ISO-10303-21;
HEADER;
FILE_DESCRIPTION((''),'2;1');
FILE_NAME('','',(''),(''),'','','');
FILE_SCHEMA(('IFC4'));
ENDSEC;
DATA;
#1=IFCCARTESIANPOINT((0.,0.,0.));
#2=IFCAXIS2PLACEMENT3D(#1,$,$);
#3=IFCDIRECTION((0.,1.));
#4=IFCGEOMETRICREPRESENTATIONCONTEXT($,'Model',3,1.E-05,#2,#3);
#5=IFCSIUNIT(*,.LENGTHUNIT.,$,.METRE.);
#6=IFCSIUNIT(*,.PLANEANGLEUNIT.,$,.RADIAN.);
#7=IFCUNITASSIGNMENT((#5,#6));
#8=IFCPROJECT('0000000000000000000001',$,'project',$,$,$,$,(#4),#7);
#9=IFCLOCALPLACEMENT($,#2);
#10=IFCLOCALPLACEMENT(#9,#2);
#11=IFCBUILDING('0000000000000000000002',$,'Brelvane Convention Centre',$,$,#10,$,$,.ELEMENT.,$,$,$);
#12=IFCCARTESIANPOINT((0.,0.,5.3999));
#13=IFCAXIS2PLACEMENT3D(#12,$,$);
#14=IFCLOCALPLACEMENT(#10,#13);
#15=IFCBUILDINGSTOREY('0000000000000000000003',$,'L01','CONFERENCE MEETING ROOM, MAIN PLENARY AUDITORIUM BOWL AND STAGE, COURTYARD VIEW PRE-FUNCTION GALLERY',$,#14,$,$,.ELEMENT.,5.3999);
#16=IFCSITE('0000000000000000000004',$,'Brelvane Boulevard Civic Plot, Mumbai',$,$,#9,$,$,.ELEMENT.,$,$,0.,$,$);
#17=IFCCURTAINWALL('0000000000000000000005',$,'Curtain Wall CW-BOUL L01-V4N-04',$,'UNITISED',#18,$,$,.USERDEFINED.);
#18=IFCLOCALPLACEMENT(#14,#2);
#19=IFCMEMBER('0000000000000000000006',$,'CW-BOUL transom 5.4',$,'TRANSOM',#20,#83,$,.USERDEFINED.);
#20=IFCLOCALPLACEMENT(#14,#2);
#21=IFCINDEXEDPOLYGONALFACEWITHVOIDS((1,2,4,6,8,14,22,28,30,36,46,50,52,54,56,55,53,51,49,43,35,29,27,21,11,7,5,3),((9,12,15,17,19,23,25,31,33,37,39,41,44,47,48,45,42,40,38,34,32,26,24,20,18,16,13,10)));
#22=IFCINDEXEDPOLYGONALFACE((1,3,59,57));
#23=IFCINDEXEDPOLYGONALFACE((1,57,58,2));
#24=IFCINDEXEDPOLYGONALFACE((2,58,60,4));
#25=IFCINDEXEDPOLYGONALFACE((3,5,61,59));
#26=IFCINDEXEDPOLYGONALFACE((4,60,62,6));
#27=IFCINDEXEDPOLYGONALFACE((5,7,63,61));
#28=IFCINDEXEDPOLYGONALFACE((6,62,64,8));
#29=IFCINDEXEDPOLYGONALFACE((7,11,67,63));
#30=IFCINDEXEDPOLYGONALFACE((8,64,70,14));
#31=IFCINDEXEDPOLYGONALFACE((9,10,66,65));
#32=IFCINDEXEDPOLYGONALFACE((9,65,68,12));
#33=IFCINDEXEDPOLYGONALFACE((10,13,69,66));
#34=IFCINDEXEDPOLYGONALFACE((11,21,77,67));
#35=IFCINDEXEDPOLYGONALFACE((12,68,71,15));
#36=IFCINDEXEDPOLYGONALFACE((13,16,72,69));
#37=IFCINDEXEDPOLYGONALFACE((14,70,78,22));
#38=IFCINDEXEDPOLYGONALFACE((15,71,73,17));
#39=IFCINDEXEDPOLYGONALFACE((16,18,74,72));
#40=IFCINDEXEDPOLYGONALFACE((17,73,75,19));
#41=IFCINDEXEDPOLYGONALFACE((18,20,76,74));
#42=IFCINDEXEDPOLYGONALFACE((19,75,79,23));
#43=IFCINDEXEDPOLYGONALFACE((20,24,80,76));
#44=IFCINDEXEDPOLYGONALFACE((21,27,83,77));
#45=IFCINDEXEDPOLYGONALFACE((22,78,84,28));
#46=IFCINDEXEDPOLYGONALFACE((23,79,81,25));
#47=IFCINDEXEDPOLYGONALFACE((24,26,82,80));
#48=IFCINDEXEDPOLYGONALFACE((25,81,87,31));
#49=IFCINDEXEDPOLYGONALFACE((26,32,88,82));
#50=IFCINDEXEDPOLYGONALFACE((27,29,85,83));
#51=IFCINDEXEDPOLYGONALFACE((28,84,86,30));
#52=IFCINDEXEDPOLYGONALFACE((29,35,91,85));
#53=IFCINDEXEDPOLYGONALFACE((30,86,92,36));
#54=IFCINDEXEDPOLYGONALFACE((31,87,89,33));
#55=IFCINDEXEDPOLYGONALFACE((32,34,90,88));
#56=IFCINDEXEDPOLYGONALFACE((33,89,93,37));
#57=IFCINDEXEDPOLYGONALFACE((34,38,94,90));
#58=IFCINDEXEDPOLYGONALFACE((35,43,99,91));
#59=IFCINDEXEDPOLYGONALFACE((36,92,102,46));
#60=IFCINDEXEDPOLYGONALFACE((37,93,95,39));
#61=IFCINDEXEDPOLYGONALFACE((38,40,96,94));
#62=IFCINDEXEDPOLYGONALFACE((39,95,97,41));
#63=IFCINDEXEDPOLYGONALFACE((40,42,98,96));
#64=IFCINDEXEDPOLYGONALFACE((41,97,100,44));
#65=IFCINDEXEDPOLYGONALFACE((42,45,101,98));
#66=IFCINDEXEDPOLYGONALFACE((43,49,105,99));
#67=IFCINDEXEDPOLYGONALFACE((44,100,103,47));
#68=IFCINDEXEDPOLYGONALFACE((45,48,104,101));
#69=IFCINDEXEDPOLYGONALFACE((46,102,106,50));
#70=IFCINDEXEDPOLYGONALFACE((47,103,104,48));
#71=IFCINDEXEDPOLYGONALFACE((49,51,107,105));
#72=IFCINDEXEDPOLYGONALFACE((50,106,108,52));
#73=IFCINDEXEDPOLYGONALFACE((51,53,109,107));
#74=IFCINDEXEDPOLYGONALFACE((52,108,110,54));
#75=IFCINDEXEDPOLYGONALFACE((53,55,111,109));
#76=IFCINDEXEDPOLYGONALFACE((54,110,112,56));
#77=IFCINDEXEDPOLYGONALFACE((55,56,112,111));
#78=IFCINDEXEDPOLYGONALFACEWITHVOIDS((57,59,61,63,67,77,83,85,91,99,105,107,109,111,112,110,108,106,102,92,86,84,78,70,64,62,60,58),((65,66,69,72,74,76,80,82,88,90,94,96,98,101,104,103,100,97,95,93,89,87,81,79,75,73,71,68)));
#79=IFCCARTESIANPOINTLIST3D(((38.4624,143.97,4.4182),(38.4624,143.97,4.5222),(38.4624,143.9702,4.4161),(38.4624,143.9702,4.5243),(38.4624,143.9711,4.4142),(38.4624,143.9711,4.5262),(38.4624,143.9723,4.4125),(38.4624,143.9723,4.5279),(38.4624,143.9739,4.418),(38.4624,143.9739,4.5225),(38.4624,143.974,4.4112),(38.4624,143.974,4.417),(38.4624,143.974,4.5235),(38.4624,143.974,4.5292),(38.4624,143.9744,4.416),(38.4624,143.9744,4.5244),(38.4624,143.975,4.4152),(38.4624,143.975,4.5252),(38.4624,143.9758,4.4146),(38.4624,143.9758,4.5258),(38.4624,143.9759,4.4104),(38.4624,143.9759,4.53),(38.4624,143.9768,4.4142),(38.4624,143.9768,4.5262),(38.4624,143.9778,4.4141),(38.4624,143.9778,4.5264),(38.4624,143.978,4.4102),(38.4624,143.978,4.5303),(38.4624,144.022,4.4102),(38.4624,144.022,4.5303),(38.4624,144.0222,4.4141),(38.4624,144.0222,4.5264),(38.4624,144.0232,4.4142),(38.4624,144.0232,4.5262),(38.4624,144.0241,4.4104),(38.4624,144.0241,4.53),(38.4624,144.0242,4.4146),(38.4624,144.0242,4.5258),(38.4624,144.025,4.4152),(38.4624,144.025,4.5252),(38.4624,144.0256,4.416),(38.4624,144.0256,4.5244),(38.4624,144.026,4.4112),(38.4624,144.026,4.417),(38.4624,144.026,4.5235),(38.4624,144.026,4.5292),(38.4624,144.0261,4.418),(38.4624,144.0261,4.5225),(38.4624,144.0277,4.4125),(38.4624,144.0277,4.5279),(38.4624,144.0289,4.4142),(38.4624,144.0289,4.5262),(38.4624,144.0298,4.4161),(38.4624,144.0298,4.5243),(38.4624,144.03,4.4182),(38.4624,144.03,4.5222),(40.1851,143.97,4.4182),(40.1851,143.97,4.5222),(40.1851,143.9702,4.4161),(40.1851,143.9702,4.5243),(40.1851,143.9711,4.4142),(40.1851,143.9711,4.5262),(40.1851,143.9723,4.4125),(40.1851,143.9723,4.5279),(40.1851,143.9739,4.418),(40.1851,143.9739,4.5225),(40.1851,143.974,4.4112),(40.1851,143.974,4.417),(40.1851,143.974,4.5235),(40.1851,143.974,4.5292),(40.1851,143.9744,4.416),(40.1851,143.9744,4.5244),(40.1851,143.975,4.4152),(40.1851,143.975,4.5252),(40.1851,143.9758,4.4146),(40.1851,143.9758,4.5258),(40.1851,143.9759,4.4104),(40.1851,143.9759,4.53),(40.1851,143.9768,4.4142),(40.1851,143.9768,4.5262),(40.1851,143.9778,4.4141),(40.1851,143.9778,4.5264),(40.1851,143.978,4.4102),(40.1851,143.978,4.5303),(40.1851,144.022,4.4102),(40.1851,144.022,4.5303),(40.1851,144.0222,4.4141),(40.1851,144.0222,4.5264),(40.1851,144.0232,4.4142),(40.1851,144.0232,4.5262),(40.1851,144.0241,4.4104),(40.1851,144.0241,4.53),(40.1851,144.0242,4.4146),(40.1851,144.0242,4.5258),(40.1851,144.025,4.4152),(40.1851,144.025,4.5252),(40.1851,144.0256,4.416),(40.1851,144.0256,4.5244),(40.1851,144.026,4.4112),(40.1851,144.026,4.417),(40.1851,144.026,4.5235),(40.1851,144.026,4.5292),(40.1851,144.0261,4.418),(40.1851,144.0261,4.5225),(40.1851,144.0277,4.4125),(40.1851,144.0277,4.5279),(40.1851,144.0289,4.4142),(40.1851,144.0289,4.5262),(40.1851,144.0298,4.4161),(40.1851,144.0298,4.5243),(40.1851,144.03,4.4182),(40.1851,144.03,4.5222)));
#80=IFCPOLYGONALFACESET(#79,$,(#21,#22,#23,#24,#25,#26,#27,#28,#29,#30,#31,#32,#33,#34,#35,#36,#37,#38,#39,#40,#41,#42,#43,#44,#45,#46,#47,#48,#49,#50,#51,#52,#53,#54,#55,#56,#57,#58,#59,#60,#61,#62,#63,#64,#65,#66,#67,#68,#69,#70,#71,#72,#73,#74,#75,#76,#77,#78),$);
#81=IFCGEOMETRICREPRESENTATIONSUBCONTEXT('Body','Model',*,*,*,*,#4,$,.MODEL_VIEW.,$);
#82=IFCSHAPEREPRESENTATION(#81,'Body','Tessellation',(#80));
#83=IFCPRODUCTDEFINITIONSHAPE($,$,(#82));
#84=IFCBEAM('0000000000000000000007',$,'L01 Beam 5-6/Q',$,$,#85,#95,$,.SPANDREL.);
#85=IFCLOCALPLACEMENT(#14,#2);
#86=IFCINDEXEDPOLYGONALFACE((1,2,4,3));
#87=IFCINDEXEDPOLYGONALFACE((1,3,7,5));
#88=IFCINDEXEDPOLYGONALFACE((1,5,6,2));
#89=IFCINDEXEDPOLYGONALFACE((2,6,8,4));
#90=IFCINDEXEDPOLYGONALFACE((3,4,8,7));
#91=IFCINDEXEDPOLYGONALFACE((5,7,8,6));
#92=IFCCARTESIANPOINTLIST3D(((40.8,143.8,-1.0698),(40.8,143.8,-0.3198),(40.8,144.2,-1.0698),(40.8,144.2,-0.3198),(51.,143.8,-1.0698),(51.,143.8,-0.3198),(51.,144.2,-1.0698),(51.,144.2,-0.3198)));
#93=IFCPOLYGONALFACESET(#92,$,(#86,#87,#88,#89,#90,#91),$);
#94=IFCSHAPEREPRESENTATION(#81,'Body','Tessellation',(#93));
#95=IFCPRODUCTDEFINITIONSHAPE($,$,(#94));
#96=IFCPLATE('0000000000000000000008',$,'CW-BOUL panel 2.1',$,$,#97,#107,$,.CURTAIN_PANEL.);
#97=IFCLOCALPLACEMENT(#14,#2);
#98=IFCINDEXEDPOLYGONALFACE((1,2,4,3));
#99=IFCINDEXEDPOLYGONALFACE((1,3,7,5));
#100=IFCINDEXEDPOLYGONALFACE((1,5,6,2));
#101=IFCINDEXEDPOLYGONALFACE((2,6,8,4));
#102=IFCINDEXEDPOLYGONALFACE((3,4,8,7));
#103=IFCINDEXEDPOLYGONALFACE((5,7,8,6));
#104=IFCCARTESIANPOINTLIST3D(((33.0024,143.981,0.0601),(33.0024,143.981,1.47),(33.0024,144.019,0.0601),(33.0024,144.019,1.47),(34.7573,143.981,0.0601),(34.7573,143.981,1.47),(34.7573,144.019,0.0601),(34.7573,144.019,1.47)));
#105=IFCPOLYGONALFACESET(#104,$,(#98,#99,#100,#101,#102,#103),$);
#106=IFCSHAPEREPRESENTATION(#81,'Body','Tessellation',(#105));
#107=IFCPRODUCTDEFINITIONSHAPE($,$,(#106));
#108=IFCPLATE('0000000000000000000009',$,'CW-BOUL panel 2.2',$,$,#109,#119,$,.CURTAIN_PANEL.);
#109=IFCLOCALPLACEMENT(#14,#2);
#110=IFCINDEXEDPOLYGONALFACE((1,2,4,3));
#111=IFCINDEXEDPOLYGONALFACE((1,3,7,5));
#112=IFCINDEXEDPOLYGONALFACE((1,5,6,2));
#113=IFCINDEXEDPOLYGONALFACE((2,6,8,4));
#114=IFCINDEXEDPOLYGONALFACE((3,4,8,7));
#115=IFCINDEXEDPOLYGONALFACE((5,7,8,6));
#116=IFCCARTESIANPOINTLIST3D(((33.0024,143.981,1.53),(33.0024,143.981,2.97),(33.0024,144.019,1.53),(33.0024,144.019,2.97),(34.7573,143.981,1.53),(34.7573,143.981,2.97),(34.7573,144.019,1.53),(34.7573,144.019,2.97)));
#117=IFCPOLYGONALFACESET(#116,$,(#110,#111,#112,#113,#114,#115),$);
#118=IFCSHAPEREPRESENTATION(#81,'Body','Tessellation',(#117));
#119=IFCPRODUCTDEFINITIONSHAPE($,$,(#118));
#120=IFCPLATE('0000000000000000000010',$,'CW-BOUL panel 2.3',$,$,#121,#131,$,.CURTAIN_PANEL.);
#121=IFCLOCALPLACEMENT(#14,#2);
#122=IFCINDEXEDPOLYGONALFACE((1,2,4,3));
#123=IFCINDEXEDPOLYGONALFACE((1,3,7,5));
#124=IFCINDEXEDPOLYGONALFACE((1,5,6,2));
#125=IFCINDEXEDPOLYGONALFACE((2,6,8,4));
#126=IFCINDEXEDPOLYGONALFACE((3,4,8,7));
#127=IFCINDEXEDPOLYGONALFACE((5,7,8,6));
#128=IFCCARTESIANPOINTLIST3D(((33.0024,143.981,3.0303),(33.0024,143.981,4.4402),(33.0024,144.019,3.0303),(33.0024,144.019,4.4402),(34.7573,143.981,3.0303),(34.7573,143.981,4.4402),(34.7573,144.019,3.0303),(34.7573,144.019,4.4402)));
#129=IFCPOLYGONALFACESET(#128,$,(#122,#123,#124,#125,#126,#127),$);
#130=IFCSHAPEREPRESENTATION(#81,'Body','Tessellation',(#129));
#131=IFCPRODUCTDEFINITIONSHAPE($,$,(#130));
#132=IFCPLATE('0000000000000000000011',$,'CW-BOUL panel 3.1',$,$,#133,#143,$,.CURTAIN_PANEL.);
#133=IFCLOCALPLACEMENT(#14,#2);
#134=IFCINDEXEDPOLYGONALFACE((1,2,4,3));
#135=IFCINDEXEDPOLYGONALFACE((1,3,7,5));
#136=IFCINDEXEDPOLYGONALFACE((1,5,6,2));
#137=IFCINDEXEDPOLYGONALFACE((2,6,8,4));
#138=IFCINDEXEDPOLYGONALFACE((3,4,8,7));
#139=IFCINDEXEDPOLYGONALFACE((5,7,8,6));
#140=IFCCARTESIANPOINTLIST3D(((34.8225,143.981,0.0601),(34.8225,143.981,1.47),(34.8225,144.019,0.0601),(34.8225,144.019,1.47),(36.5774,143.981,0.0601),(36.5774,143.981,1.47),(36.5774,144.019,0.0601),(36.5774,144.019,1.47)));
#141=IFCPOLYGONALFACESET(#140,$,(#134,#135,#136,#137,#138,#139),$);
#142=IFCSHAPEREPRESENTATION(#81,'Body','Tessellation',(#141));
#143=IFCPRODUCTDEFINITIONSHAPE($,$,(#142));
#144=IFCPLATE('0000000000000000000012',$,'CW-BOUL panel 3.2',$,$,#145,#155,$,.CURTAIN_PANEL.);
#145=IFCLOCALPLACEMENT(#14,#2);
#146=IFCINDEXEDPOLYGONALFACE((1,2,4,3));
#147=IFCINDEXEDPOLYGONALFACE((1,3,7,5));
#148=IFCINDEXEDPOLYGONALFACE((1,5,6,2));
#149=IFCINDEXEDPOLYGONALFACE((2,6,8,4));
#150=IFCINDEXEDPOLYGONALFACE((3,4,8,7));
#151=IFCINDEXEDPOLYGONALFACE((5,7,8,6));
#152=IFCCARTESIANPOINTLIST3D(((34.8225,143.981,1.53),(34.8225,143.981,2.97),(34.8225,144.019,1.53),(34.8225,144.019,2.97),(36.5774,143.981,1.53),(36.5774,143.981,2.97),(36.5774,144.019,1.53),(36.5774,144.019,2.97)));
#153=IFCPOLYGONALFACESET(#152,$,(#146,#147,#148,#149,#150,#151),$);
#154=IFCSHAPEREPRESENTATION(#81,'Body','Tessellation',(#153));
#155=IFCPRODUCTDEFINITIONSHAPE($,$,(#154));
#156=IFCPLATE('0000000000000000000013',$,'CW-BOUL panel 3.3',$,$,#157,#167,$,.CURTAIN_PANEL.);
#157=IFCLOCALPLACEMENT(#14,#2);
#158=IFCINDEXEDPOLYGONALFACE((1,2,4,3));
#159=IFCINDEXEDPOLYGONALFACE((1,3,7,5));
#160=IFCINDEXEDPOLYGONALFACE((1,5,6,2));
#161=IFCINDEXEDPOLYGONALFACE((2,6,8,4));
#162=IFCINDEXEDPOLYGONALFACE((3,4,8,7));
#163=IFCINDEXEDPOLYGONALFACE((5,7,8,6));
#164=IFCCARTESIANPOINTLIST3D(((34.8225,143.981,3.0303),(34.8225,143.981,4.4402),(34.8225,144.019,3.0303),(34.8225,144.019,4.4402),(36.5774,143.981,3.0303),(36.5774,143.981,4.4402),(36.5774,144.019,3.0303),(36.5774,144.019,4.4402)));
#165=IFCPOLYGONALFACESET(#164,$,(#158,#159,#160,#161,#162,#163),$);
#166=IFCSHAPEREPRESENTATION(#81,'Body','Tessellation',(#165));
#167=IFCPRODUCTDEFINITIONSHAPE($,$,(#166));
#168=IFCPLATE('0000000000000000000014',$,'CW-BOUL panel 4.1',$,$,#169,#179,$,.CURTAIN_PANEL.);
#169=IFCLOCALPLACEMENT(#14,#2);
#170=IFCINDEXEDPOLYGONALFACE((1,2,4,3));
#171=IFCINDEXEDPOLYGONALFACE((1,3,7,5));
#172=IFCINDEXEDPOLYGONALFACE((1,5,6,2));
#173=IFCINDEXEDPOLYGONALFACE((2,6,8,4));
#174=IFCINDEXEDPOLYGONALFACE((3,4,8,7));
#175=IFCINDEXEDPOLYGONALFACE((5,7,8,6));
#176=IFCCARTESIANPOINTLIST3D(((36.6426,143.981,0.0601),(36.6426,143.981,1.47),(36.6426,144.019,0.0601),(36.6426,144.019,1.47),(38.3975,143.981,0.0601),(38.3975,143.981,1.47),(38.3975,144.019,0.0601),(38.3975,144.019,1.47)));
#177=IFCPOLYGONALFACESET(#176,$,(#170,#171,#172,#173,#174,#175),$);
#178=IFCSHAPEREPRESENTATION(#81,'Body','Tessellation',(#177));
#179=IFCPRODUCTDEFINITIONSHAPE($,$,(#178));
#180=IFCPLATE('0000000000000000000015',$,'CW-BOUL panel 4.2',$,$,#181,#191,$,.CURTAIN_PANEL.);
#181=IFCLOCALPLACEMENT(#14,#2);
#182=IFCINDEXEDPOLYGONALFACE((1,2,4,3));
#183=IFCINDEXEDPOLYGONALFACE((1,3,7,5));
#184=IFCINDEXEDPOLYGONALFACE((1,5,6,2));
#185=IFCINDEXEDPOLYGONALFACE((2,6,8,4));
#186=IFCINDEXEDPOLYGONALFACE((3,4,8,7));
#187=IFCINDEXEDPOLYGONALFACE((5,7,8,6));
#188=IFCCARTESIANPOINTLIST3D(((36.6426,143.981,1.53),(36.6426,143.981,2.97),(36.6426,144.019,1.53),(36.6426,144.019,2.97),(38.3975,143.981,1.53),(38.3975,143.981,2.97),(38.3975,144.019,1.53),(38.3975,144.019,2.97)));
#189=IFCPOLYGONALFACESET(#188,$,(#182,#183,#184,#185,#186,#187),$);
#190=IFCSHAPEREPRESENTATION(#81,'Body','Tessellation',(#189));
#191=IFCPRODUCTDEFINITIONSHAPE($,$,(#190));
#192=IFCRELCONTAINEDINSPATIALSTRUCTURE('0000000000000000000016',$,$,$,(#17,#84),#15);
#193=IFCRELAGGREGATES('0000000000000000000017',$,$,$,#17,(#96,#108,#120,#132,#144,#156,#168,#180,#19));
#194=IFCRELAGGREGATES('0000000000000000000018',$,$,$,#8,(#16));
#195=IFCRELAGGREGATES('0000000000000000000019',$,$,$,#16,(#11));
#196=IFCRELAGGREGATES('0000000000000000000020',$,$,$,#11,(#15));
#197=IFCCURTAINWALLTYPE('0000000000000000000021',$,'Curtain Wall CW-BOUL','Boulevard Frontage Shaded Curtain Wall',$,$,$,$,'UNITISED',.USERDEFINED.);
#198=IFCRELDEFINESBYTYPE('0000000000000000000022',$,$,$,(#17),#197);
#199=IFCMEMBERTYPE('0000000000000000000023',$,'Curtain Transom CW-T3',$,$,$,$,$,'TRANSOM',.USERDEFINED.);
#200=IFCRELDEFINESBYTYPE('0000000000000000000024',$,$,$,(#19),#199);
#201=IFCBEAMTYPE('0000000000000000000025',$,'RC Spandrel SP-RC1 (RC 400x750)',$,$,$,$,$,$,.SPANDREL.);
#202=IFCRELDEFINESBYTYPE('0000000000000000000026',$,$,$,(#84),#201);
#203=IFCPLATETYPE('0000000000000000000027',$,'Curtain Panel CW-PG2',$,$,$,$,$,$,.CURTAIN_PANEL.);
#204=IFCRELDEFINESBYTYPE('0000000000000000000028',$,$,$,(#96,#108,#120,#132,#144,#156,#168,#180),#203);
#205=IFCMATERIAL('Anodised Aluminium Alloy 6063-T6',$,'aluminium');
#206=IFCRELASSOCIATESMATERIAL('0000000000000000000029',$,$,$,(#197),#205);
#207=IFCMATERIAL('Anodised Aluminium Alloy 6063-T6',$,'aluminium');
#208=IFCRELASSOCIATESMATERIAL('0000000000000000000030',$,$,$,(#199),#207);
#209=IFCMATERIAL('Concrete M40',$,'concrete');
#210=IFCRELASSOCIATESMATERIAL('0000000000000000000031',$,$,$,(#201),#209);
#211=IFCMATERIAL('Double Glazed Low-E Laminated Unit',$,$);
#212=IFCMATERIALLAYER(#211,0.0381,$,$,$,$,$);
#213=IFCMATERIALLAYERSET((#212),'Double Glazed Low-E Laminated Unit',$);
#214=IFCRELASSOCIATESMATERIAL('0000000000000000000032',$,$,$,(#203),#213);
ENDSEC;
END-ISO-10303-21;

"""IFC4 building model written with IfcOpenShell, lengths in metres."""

from ifc_helpers import new_model, si_unit, direction, frame, origin, origin_2d, place, context, subcontext, project, spatial, rectangle, hollow_rectangle, extrude, material, layer, layer_set, material_profile, profile_set, type_object, element, aggregate, save


model = new_model("IFC4")

# Units and contexts
model_context = context("Model", 3, precision=1e-05, world=origin(), true_north=direction((0.0, 1.0)))
body_context = subcontext(model_context, "Body", "Model", "MODEL_VIEW")
ifc_project = project(units=[si_unit("LENGTHUNIT", "METRE"), si_unit("PLANEANGLEUNIT", "RADIAN")], contexts=[model_context])

# Site, building, storey
site_placement = place(None, origin())
site = spatial("IfcSite", under=ifc_project, at=site_placement, Name="Brelvane Boulevard Civic Plot, Mumbai", CompositionType="ELEMENT", RefElevation=0.0)
building_placement = place(site_placement, origin())
building = spatial("IfcBuilding", under=site, at=building_placement, Name="Brelvane Convention Centre", CompositionType="ELEMENT")
storey_placement = place(building_placement, frame((0.0, 0.0, 5.3999)))
storey = spatial("IfcBuildingStorey", under=building, at=storey_placement, Name="L01", Description="CONFERENCE MEETING ROOM, MAIN PLENARY AUDITORIUM BOWL AND STAGE, COURTYARD VIEW PRE-FUNCTION GALLERY", CompositionType="ELEMENT", Elevation=5.3999)

# Curtain wall, member
ifc_material_1 = material(Name="Anodised Aluminium Alloy 6063-T6", Category="aluminium")
curtain_wall_type = type_object("IfcCurtainWallType", Name="Curtain Wall CW-BOUL", Description="Boulevard Frontage Shaded Curtain Wall", ElementType="UNITISED", PredefinedType="USERDEFINED", material=ifc_material_1)
curtain_wall_placement = place(storey_placement, origin())
curtain_wall = element("IfcCurtainWall", 1, at=curtain_wall_placement, inside=storey, type_object=curtain_wall_type, Name="Curtain Wall CW-BOUL L01-V4N-04", ObjectType="UNITISED", PredefinedType="USERDEFINED")
ifc_material_2 = material(Name="Anodised Aluminium Alloy 6063-T6", Category="aluminium")
ifc_material_profile_1 = material_profile(ifc_material_2, hollow_rectangle(XDim=0.0601, YDim=0.1201, WallThickness=0.0039, InnerFilletRadius=0.0039, OuterFilletRadius=0.0081, at=origin_2d()), Name="ALU-T 120x60x4.0")
ifc_profile_set_1 = profile_set([ifc_material_profile_1], Name="Anodised Aluminium Alloy 6063-T6")
member_type_1 = type_object("IfcMemberType", Name="Curtain Transom CW-T3", ElementType="TRANSOM", PredefinedType="USERDEFINED", material=ifc_profile_set_1)
member_1_placement = place(storey_placement, frame((38.4624, 144.0, 4.4702), z_axis=(1.0, 0.0, 0.0), x_axis=(0.0, 1.0, 0.0)))
member_1 = element("IfcMember", 2, at=member_1_placement, type_object=member_type_1, Name="CW-BOUL transom 5.4", ObjectType="TRANSOM", PredefinedType="USERDEFINED", context=body_context, shape_type="SweptSolid", body=[
    extrude(hollow_rectangle(XDim=0.0601, YDim=0.1201, WallThickness=0.0039, InnerFilletRadius=0.0039, OuterFilletRadius=0.0081, at=origin_2d()), origin(), (0.0, 0.0, 1.0), 1.7227),
])

# Beam
ifc_material_3 = material(Name="Concrete M40", Category="concrete")
ifc_material_profile_2 = material_profile(ifc_material_3, rectangle(XDim=0.3999, YDim=0.75, at=origin_2d()), Name="RC 400x750")
ifc_profile_set_2 = profile_set([ifc_material_profile_2], Name="Concrete M40")
beam_type = type_object("IfcBeamType", Name="RC Spandrel SP-RC1 (RC 400x750)", PredefinedType="SPANDREL", material=ifc_profile_set_2)
beam_placement = place(storey_placement, frame((40.8, 144.0, -0.6948), z_axis=(1.0, 0.0, 0.0), x_axis=(0.0, 1.0, 0.0)))
element("IfcBeam", 3, at=beam_placement, inside=storey, type_object=beam_type, Name="L01 Beam 5-6/Q", PredefinedType="SPANDREL", context=body_context, shape_type="SweptSolid", body=[
    extrude(rectangle(XDim=0.3999, YDim=0.75, at=origin_2d()), origin(), (0.0, 0.0, 1.0), 10.2),
])

# Plates
ifc_material_4 = material(Name="Double Glazed Low-E Laminated Unit")
ifc_layer_1 = layer(ifc_material_4, 0.0381)
ifc_layer_set_1 = layer_set([ifc_layer_1], Name="Double Glazed Low-E Laminated Unit")
plate_type_1 = type_object("IfcPlateType", Name="Curtain Panel CW-PG2", PredefinedType="CURTAIN_PANEL", material=ifc_layer_set_1)
plate_1_placement = place(storey_placement, frame((33.8799, 144.0, 0.0601), z_axis=(0.0, 0.0, 1.0), x_axis=(1.0, 0.0, 0.0)))
plate_1 = element("IfcPlate", 4, at=plate_1_placement, type_object=plate_type_1, Name="CW-BOUL panel 2.1", PredefinedType="CURTAIN_PANEL", context=body_context, shape_type="SweptSolid", body=[
    extrude(rectangle(XDim=1.7549, YDim=0.0381, at=origin_2d()), origin(), (0.0, 0.0, 1.0), 1.4099),
])
plate_2_placement = place(storey_placement, frame((33.8799, 144.0, 1.53), z_axis=(0.0, 0.0, 1.0), x_axis=(1.0, 0.0, 0.0)))
plate_2 = element("IfcPlate", 5, at=plate_2_placement, type_object=plate_type_1, Name="CW-BOUL panel 2.2", PredefinedType="CURTAIN_PANEL", context=body_context, shape_type="SweptSolid", body=[
    extrude(rectangle(XDim=1.7549, YDim=0.0381, at=origin_2d()), origin(), (0.0, 0.0, 1.0), 1.4399),
])
plate_3_placement = place(storey_placement, frame((33.8799, 144.0, 3.0303), z_axis=(0.0, 0.0, 1.0), x_axis=(1.0, 0.0, 0.0)))
plate_3 = element("IfcPlate", 6, at=plate_3_placement, type_object=plate_type_1, Name="CW-BOUL panel 2.3", PredefinedType="CURTAIN_PANEL", context=body_context, shape_type="SweptSolid", body=[
    extrude(rectangle(XDim=1.7549, YDim=0.0381, at=origin_2d()), origin(), (0.0, 0.0, 1.0), 1.4099),
])
plate_4_placement = place(storey_placement, frame((35.7, 144.0, 0.0601), z_axis=(0.0, 0.0, 1.0), x_axis=(1.0, 0.0, 0.0)))
plate_4 = element("IfcPlate", 7, at=plate_4_placement, type_object=plate_type_1, Name="CW-BOUL panel 3.1", PredefinedType="CURTAIN_PANEL", context=body_context, shape_type="SweptSolid", body=[
    extrude(rectangle(XDim=1.7549, YDim=0.0381, at=origin_2d()), origin(), (0.0, 0.0, 1.0), 1.4099),
])
plate_5_placement = place(storey_placement, frame((35.7, 144.0, 1.53), z_axis=(0.0, 0.0, 1.0), x_axis=(1.0, 0.0, 0.0)))
plate_5 = element("IfcPlate", 8, at=plate_5_placement, type_object=plate_type_1, Name="CW-BOUL panel 3.2", PredefinedType="CURTAIN_PANEL", context=body_context, shape_type="SweptSolid", body=[
    extrude(rectangle(XDim=1.7549, YDim=0.0381, at=origin_2d()), origin(), (0.0, 0.0, 1.0), 1.4399),
])
plate_6_placement = place(storey_placement, frame((35.7, 144.0, 3.0303), z_axis=(0.0, 0.0, 1.0), x_axis=(1.0, 0.0, 0.0)))
plate_6 = element("IfcPlate", 9, at=plate_6_placement, type_object=plate_type_1, Name="CW-BOUL panel 3.3", PredefinedType="CURTAIN_PANEL", context=body_context, shape_type="SweptSolid", body=[
    extrude(rectangle(XDim=1.7549, YDim=0.0381, at=origin_2d()), origin(), (0.0, 0.0, 1.0), 1.4099),
])
plate_7_placement = place(storey_placement, frame((37.52, 144.0, 0.0601), z_axis=(0.0, 0.0, 1.0), x_axis=(1.0, 0.0, 0.0)))
plate_7 = element("IfcPlate", 10, at=plate_7_placement, type_object=plate_type_1, Name="CW-BOUL panel 4.1", PredefinedType="CURTAIN_PANEL", context=body_context, shape_type="SweptSolid", body=[
    extrude(rectangle(XDim=1.7549, YDim=0.0381, at=origin_2d()), origin(), (0.0, 0.0, 1.0), 1.4099),
])
plate_8_placement = place(storey_placement, frame((37.52, 144.0, 1.53), z_axis=(0.0, 0.0, 1.0), x_axis=(1.0, 0.0, 0.0)))
plate_8 = element("IfcPlate", 11, at=plate_8_placement, type_object=plate_type_1, Name="CW-BOUL panel 4.2", PredefinedType="CURTAIN_PANEL", context=body_context, shape_type="SweptSolid", body=[
    extrude(rectangle(XDim=1.7549, YDim=0.0381, at=origin_2d()), origin(), (0.0, 0.0, 1.0), 1.4399),
])
aggregate(curtain_wall, [plate_1, plate_2, plate_3, plate_4, plate_5, plate_6, plate_7, plate_8, member_1])

save(model, "model.ifc")
